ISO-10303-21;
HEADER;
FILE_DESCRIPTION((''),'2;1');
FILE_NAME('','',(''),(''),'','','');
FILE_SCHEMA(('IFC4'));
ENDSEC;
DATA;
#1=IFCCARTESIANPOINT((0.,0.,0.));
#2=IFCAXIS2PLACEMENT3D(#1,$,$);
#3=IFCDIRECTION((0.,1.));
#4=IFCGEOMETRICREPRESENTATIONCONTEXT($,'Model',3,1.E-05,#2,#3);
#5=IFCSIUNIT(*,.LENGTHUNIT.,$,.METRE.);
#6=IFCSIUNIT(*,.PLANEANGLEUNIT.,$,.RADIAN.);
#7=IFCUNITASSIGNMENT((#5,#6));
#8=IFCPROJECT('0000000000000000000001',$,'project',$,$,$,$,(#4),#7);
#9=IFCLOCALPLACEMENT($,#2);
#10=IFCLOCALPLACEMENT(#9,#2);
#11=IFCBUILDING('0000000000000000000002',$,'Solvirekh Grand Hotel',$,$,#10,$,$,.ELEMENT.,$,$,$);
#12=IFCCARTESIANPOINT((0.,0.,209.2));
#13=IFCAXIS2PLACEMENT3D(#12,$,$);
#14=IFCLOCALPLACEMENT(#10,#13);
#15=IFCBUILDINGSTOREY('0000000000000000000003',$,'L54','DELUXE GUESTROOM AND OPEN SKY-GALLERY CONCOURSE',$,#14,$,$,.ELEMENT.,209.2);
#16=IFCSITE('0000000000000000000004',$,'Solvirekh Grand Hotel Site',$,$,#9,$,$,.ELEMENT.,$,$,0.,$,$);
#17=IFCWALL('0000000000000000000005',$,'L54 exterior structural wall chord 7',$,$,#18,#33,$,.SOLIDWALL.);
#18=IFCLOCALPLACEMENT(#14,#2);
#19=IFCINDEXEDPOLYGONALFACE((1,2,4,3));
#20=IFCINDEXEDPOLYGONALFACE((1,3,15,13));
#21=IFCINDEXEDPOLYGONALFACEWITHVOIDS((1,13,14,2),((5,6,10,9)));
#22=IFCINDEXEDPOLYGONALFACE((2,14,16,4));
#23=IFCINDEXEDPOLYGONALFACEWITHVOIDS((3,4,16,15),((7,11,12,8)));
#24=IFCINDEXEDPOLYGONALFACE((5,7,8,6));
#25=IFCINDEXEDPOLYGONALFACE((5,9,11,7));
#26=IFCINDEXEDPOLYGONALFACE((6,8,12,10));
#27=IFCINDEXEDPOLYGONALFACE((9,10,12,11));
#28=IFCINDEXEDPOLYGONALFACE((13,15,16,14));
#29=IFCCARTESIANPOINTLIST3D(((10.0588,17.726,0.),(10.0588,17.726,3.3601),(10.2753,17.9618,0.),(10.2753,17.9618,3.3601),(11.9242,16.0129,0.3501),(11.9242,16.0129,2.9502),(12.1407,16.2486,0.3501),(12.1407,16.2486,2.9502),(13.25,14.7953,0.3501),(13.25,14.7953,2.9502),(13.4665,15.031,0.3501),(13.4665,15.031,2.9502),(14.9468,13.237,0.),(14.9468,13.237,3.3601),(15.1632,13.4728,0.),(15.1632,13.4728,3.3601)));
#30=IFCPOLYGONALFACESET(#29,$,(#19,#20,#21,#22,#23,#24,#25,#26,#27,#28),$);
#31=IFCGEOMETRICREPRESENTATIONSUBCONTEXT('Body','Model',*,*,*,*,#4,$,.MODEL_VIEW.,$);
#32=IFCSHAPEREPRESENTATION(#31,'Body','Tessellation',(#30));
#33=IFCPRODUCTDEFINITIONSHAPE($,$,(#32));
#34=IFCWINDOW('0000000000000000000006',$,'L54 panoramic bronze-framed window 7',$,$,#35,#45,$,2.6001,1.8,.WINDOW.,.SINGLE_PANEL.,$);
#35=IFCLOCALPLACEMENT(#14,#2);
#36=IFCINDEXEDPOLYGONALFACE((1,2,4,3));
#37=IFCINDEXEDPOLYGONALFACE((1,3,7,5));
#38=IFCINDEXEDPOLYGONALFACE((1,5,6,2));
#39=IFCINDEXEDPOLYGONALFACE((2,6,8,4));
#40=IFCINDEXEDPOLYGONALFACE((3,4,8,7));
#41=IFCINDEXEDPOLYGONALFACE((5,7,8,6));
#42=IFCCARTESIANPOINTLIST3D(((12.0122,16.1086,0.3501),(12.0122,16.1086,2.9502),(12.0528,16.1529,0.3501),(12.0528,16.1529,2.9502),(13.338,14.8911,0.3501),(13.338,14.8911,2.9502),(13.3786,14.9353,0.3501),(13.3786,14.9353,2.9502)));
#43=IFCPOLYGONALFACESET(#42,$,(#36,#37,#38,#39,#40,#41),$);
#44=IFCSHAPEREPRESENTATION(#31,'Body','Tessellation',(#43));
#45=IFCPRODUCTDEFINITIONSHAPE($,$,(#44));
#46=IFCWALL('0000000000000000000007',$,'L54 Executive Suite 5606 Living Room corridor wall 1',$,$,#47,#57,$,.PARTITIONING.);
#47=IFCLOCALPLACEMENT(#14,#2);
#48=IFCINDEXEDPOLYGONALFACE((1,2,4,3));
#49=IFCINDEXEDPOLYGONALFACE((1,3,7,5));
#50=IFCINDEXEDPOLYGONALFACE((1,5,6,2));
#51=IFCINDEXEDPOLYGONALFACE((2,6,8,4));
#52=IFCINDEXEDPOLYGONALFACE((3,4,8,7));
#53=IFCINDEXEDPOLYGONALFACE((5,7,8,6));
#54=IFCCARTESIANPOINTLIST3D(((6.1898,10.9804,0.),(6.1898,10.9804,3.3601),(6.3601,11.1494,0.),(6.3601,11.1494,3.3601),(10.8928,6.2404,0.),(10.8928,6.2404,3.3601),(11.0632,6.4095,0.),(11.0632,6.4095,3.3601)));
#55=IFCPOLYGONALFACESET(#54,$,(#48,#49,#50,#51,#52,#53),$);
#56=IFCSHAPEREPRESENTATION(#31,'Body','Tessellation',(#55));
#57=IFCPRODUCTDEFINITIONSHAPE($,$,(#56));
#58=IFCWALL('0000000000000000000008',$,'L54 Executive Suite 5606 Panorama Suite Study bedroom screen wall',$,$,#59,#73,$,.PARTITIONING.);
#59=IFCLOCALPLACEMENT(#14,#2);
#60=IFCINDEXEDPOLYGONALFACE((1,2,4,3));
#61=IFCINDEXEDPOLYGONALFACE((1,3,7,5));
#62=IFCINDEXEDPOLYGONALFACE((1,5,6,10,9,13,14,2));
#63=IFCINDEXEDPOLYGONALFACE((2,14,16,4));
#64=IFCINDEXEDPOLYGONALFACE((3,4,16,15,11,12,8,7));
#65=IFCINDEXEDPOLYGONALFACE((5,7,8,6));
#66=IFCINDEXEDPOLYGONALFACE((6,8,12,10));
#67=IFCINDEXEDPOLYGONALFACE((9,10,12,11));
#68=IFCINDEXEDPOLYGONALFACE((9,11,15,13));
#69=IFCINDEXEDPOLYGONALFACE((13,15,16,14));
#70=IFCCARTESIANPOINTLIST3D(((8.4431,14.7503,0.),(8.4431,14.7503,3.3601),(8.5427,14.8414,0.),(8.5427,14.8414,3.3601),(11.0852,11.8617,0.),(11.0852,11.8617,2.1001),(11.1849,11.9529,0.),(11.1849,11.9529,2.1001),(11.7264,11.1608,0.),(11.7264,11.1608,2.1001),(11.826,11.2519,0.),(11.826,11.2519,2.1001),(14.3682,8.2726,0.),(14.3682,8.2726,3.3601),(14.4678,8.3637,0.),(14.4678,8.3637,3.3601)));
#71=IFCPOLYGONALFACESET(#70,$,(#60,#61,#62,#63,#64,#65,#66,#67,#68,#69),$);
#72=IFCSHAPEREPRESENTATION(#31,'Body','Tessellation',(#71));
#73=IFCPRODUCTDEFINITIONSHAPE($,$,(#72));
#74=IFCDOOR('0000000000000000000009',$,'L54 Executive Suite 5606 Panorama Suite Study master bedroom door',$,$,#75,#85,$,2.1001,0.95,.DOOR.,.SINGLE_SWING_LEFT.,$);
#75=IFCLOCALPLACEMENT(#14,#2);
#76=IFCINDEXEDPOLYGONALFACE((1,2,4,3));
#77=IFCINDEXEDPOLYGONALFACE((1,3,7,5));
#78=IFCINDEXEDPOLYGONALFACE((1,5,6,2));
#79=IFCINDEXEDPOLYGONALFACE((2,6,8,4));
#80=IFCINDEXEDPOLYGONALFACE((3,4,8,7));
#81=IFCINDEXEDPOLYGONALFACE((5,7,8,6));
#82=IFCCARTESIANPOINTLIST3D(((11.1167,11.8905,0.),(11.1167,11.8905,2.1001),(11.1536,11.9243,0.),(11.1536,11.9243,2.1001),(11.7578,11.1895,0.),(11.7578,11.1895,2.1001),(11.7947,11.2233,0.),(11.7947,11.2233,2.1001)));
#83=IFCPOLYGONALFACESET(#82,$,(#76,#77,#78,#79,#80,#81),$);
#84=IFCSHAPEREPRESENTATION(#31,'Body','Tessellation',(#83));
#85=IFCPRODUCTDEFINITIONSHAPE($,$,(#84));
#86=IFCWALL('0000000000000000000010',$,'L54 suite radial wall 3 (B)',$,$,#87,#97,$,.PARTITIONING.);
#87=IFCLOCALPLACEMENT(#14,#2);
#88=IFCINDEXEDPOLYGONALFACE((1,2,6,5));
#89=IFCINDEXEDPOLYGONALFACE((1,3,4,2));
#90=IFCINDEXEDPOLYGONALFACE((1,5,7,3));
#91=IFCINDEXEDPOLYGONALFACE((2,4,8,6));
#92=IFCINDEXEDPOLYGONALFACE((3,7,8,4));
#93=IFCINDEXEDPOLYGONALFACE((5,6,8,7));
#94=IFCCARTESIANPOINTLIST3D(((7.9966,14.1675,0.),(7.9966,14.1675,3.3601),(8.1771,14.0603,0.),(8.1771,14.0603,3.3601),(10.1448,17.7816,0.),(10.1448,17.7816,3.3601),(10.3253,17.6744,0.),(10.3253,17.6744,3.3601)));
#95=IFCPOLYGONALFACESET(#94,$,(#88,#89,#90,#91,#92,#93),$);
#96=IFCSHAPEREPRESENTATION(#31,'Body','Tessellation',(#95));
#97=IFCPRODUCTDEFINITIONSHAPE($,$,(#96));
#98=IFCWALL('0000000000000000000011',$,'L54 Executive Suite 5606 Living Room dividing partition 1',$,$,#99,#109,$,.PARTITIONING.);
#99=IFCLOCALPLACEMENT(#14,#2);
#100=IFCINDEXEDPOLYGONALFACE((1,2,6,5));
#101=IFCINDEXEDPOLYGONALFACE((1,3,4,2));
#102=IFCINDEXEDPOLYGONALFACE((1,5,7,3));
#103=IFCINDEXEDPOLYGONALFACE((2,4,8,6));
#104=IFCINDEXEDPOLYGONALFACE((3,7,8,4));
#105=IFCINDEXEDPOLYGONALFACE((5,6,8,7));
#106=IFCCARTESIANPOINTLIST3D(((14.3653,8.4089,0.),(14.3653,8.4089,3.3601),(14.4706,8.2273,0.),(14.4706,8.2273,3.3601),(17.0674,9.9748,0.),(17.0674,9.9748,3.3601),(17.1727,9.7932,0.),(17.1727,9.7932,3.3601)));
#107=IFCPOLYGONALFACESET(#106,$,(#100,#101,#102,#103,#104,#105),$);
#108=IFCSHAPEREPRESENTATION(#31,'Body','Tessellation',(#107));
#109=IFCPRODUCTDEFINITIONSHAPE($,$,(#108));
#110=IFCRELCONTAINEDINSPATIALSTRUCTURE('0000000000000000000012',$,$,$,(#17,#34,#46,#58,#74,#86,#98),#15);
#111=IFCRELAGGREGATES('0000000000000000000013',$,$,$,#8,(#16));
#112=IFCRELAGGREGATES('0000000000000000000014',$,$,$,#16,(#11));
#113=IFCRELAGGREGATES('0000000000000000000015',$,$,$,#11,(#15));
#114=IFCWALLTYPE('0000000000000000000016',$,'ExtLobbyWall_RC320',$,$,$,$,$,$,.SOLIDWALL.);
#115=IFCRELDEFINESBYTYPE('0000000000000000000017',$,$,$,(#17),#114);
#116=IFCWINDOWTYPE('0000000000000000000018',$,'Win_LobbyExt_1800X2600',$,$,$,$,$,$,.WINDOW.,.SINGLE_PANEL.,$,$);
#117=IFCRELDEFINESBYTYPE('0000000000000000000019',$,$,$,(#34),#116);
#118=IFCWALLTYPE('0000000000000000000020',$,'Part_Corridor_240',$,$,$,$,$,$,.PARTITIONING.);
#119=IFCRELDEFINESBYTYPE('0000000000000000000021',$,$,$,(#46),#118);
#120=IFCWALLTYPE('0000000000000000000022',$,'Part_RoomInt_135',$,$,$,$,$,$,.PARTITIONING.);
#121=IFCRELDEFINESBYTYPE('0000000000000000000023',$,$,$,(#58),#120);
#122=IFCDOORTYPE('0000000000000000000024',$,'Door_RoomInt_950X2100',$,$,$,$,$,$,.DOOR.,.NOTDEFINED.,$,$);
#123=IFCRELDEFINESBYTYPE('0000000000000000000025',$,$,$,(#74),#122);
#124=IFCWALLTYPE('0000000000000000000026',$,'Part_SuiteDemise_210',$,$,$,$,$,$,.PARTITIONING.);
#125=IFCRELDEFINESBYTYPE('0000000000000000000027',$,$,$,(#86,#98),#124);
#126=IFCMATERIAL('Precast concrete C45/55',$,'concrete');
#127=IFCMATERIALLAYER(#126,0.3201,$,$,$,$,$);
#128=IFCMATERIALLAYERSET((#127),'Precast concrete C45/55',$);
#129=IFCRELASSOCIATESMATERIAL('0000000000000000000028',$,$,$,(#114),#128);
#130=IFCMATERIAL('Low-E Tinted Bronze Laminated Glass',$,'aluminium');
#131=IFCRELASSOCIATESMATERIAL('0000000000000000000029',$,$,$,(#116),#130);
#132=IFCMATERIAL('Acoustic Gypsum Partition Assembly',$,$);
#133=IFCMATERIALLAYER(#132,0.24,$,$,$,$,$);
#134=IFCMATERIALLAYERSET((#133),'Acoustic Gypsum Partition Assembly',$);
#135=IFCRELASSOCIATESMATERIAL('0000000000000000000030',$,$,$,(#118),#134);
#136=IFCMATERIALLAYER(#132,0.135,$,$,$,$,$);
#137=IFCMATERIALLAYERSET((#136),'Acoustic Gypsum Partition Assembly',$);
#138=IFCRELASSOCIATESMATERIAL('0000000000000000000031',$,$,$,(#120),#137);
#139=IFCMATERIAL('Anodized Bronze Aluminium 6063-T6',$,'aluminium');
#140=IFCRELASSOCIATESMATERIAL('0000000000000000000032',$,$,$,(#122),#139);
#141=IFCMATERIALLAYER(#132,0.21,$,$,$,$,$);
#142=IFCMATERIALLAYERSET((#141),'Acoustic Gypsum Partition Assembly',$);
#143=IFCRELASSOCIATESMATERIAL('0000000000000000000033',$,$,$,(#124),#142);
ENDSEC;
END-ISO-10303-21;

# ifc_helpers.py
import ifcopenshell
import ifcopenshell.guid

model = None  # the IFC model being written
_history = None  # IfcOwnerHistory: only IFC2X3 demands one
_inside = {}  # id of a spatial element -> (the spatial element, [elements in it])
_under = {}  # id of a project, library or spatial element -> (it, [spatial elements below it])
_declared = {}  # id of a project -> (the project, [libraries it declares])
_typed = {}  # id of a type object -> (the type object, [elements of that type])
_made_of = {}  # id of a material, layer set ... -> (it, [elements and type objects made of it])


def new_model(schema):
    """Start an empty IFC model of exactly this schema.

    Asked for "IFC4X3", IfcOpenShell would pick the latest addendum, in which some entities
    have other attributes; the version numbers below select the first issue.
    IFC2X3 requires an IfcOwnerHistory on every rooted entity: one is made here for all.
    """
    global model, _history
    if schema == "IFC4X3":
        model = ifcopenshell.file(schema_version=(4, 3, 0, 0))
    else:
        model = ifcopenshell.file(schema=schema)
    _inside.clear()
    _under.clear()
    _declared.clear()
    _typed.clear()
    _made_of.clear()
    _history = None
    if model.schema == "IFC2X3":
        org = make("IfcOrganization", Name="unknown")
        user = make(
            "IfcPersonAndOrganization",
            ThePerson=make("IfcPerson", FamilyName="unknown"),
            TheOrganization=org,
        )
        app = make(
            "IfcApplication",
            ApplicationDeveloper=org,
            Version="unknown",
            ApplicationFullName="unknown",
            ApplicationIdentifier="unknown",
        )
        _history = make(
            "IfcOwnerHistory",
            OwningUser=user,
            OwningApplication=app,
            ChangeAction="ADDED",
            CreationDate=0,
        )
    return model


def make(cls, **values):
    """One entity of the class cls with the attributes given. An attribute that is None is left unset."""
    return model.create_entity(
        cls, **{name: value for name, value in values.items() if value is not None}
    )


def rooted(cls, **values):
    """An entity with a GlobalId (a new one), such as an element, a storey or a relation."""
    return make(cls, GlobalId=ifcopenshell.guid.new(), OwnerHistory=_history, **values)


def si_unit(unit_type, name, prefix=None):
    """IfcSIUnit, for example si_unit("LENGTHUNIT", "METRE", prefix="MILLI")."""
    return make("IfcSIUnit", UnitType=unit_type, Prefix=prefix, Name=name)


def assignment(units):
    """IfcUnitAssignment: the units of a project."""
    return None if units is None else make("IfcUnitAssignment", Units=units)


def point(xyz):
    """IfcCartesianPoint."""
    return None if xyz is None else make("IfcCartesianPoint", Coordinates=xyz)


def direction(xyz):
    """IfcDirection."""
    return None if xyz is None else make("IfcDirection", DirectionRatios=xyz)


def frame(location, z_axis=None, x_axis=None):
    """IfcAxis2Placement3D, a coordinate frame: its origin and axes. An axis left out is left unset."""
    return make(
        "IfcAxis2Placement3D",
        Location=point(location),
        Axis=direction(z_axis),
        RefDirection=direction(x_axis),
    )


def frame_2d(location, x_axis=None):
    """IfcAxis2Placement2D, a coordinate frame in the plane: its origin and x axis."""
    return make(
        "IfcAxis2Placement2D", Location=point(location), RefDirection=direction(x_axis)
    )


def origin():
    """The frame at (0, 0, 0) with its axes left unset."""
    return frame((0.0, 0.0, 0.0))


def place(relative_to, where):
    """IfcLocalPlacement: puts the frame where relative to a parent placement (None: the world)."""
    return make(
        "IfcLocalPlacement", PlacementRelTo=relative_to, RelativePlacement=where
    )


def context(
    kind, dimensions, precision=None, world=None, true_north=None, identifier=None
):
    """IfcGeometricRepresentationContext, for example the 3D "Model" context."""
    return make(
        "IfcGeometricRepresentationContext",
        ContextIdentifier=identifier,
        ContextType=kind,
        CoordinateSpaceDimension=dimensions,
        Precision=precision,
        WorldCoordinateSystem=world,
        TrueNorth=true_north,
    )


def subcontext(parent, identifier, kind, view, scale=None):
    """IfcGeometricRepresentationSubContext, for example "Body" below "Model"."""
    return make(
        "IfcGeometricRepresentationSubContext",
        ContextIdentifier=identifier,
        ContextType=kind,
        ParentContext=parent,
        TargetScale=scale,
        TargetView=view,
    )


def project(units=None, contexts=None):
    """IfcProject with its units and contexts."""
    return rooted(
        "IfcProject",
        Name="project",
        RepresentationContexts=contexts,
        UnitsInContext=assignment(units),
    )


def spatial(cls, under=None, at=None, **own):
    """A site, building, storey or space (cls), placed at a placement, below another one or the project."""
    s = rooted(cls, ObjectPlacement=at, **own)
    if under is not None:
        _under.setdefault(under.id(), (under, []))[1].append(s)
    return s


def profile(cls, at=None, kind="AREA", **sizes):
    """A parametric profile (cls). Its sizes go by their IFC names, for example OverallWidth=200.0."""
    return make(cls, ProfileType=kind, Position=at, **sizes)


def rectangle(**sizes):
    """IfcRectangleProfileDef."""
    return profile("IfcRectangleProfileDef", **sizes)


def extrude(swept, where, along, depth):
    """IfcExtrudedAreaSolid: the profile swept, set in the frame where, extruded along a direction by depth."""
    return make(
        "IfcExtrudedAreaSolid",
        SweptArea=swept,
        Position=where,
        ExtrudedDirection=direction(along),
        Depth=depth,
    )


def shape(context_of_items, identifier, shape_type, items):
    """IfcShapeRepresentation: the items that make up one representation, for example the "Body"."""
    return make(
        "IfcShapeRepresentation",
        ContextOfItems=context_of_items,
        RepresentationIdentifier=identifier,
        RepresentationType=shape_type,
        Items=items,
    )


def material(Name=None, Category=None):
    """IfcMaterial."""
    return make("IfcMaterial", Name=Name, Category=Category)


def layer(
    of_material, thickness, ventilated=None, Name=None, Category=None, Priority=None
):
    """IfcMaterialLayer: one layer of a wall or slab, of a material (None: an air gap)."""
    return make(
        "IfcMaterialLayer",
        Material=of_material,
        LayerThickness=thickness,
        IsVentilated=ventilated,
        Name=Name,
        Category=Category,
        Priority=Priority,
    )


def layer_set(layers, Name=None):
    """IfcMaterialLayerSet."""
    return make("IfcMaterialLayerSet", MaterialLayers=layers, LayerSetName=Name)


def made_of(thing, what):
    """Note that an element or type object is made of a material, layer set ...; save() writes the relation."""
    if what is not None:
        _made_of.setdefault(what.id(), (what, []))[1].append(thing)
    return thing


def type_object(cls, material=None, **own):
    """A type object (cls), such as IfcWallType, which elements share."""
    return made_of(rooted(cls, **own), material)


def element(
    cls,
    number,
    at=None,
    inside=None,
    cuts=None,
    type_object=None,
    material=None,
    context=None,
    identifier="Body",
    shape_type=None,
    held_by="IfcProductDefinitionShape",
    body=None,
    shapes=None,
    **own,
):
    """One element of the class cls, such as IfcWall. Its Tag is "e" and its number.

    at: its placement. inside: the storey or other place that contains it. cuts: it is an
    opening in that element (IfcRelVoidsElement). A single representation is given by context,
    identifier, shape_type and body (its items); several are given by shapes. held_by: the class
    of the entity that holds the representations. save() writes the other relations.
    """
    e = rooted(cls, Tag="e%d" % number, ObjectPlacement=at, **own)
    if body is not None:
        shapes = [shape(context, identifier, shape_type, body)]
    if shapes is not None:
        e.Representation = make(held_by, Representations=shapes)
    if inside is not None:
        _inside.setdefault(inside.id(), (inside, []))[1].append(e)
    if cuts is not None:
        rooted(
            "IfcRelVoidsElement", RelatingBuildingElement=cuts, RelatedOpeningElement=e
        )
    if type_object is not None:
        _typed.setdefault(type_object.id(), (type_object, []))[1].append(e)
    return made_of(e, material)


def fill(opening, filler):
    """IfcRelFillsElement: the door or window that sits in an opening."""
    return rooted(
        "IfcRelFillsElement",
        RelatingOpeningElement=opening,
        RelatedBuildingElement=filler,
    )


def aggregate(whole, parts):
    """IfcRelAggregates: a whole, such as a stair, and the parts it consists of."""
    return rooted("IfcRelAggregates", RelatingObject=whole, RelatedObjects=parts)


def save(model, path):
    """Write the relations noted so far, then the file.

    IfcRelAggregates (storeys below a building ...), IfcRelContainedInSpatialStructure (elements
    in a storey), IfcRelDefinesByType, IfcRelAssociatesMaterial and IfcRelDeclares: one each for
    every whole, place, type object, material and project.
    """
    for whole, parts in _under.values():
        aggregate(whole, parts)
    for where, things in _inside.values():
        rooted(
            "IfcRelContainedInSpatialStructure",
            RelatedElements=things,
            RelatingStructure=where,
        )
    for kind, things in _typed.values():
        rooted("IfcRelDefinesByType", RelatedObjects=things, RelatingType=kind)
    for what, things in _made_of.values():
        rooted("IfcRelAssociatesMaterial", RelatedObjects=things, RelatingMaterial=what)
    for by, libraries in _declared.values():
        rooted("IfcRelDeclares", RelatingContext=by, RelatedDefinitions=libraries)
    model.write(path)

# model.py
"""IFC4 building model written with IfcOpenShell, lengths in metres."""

from ifc_helpers import new_model, si_unit, direction, frame, frame_2d, origin, place, context, subcontext, project, spatial, rectangle, extrude, material, layer, layer_set, type_object, element, fill, save


model = new_model("IFC4")

# Units and contexts
model_context = context("Model", 3, precision=1e-05, world=origin(), true_north=direction((0.0, 1.0)))
body_context = subcontext(model_context, "Body", "Model", "MODEL_VIEW")
ifc_project = project(units=[si_unit("LENGTHUNIT", "METRE"), si_unit("PLANEANGLEUNIT", "RADIAN")], contexts=[model_context])

# Site, building, storey
site_placement = place(None, origin())
site = spatial("IfcSite", under=ifc_project, at=site_placement, Name="Solvirekh Grand Hotel Site", CompositionType="ELEMENT", RefElevation=0.0)
building_placement = place(site_placement, origin())
building = spatial("IfcBuilding", under=site, at=building_placement, Name="Solvirekh Grand Hotel", CompositionType="ELEMENT")
storey_placement = place(building_placement, frame((0.0, 0.0, 209.2)))
storey = spatial("IfcBuildingStorey", under=building, at=storey_placement, Name="L54", Description="DELUXE GUESTROOM AND OPEN SKY-GALLERY CONCOURSE", CompositionType="ELEMENT", Elevation=209.2)

# Shared definitions
ifc_material_1 = material(Name="Anodized Bronze Aluminium 6063-T6", Category="aluminium")

# Shared definitions
ifc_material_2 = material(Name="Low-E Tinted Bronze Laminated Glass", Category="aluminium")

# Wall, opening, window
ifc_material_3 = material(Name="Precast concrete C45/55", Category="concrete")
ifc_layer_1 = layer(ifc_material_3, 0.3201)
ifc_layer_set_1 = layer_set([ifc_layer_1], Name="Precast concrete C45/55")
wall_type_1 = type_object("IfcWallType", Name="ExtLobbyWall_RC320", PredefinedType="SOLIDWALL", material=ifc_layer_set_1)
window_type = type_object("IfcWindowType", Name="Win_LobbyExt_1800X2600", PartitioningType="SINGLE_PANEL", PredefinedType="WINDOW", material=ifc_material_2)
wall_1_placement = place(storey_placement, frame((10.167, 17.844, 0.0), z_axis=(0.0, 0.0, 1.0), x_axis=(0.736523, -0.676412, 0.0)))
wall_1 = element("IfcWall", 1, at=wall_1_placement, inside=storey, type_object=wall_type_1, Name="L54 exterior structural wall chord 7", PredefinedType="SOLIDWALL", context=body_context, shape_type="SweptSolid", body=[
    extrude(rectangle(XDim=6.6365, YDim=0.3201, at=frame_2d((3.3184, 0.0))), origin(), (0.0, 0.0, 1.0), 3.3601),
])
opening_1_placement = place(wall_1_placement, frame((2.533, 0.0, 0.3501)))
opening_1 = element("IfcOpeningElement", 2, at=opening_1_placement, cuts=wall_1, PredefinedType="OPENING", context=body_context, shape_type="SweptSolid", body=[
    extrude(rectangle(XDim=1.8, YDim=2.6001, at=frame_2d((0.8999, 1.3))), frame((0.0, 0.1699, 0.0), z_axis=(0.0, -1.0, 0.0), x_axis=(1.0, 0.0, 0.0)), (0.0, 0.0, 1.0), 0.3401),
])
window_1_placement = place(opening_1_placement, origin())
window_1 = element("IfcWindow", 3, at=window_1_placement, inside=storey, type_object=window_type, Name="L54 panoramic bronze-framed window 7", OverallHeight=2.6001, OverallWidth=1.8, PartitioningType="SINGLE_PANEL", PredefinedType="WINDOW", context=body_context, shape_type="SweptSolid", body=[
    extrude(rectangle(XDim=1.8, YDim=2.6001, at=frame_2d((0.8999, 1.3))), frame((0.0, 0.03, 0.0), z_axis=(0.0, -1.0, 0.0), x_axis=(1.0, 0.0, 0.0)), (0.0, 0.0, 1.0), 0.0601),
])
fill(opening_1, window_1)

# Wall
ifc_material_4 = material(Name="Acoustic Gypsum Partition Assembly")
ifc_layer_2 = layer(ifc_material_4, 0.24)
ifc_layer_set_2 = layer_set([ifc_layer_2], Name="Acoustic Gypsum Partition Assembly")
wall_type_2 = type_object("IfcWallType", Name="Part_Corridor_240", PredefinedType="PARTITIONING", material=ifc_layer_set_2)
wall_2_placement = place(storey_placement, frame((10.978, 6.325, 0.0), z_axis=(0.0, 0.0, 1.0), x_axis=(-0.704341, 0.709862, 0.0)))
element("IfcWall", 4, at=wall_2_placement, inside=storey, type_object=wall_type_2, Name="L54 Executive Suite 5606 Living Room corridor wall 1", PredefinedType="PARTITIONING", context=body_context, shape_type="SweptSolid", body=[
    extrude(rectangle(XDim=6.6772, YDim=0.24, at=frame_2d((3.3386, 0.0))), origin(), (0.0, 0.0, 1.0), 3.3601),
])

# Wall, opening, door
ifc_layer_3 = layer(ifc_material_4, 0.135)
ifc_layer_set_3 = layer_set([ifc_layer_3], Name="Acoustic Gypsum Partition Assembly")
wall_type_3 = type_object("IfcWallType", Name="Part_RoomInt_135", PredefinedType="PARTITIONING", material=ifc_layer_set_3)
wall_3_placement = place(storey_placement, frame((14.418, 8.3181, 0.0), z_axis=(0.0, 0.0, 1.0), x_axis=(-0.674925, 0.737887, 0.0)))
wall_3 = element("IfcWall", 5, at=wall_3_placement, inside=storey, type_object=wall_type_3, Name="L54 Executive Suite 5606 Panorama Suite Study bedroom screen wall", PredefinedType="PARTITIONING", context=body_context, shape_type="SweptSolid", body=[
    extrude(rectangle(XDim=8.7788, YDim=0.135, at=frame_2d((4.3894, 0.0))), origin(), (0.0, 0.0, 1.0), 3.3601),
])
opening_2_placement = place(wall_3_placement, frame((3.9141, 0.0, 0.0)))
opening_2 = element("IfcOpeningElement", 6, at=opening_2_placement, cuts=wall_3, PredefinedType="OPENING", context=body_context, shape_type="SweptSolid", body=[
    extrude(rectangle(XDim=0.95, YDim=2.1001, at=frame_2d((0.4751, 1.05))), frame((0.0, 0.0776, 0.0), z_axis=(0.0, -1.0, 0.0), x_axis=(1.0, 0.0, 0.0)), (0.0, 0.0, 1.0), 0.155),
])
door_type = type_object("IfcDoorType", Name="Door_RoomInt_950X2100", OperationType="NOTDEFINED", PredefinedType="DOOR", material=ifc_material_1)
door_placement = place(opening_2_placement, origin())
door = element("IfcDoor", 7, at=door_placement, inside=storey, type_object=door_type, Name="L54 Executive Suite 5606 Panorama Suite Study master bedroom door", OperationType="SINGLE_SWING_LEFT", OverallHeight=2.1001, OverallWidth=0.95, PredefinedType="DOOR", context=body_context, shape_type="SweptSolid", body=[
    extrude(rectangle(XDim=0.95, YDim=2.1001, at=frame_2d((0.4751, 1.05))), frame((0.0, 0.0249, 0.0), z_axis=(0.0, -1.0, 0.0), x_axis=(1.0, 0.0, 0.0)), (0.0, 0.0, 1.0), 0.05),
])
fill(opening_2, door)

# Walls
ifc_layer_4 = layer(ifc_material_4, 0.21)
ifc_layer_set_4 = layer_set([ifc_layer_4], Name="Acoustic Gypsum Partition Assembly")
wall_type_4 = type_object("IfcWallType", Name="Part_SuiteDemise_210", PredefinedType="PARTITIONING", material=ifc_layer_set_4)
wall_4_placement = place(storey_placement, frame((8.0869, 14.114, 0.0), z_axis=(0.0, 0.0, 1.0), x_axis=(0.510956, 0.859607, 0.0)))
element("IfcWall", 8, at=wall_4_placement, inside=storey, type_object=wall_type_4, Name="L54 suite radial wall 3 (B)", PredefinedType="PARTITIONING", context=body_context, shape_type="SweptSolid", body=[
    extrude(rectangle(XDim=4.2043, YDim=0.21, at=frame_2d((2.1021, 0.0))), origin(), (0.0, 0.0, 1.0), 3.3601),
])
wall_5_placement = place(storey_placement, frame((14.418, 8.3181, 0.0), z_axis=(0.0, 0.0, 1.0), x_axis=(0.865216, 0.5014, 0.0)))
element("IfcWall", 9, at=wall_5_placement, inside=storey, type_object=wall_type_4, Name="L54 Executive Suite 5606 Living Room dividing partition 1", PredefinedType="PARTITIONING", context=body_context, shape_type="SweptSolid", body=[
    extrude(rectangle(XDim=3.123, YDim=0.21, at=frame_2d((1.5615, 0.0))), origin(), (0.0, 0.0, 1.0), 3.3601),
])

save(model, "model.ifc")
